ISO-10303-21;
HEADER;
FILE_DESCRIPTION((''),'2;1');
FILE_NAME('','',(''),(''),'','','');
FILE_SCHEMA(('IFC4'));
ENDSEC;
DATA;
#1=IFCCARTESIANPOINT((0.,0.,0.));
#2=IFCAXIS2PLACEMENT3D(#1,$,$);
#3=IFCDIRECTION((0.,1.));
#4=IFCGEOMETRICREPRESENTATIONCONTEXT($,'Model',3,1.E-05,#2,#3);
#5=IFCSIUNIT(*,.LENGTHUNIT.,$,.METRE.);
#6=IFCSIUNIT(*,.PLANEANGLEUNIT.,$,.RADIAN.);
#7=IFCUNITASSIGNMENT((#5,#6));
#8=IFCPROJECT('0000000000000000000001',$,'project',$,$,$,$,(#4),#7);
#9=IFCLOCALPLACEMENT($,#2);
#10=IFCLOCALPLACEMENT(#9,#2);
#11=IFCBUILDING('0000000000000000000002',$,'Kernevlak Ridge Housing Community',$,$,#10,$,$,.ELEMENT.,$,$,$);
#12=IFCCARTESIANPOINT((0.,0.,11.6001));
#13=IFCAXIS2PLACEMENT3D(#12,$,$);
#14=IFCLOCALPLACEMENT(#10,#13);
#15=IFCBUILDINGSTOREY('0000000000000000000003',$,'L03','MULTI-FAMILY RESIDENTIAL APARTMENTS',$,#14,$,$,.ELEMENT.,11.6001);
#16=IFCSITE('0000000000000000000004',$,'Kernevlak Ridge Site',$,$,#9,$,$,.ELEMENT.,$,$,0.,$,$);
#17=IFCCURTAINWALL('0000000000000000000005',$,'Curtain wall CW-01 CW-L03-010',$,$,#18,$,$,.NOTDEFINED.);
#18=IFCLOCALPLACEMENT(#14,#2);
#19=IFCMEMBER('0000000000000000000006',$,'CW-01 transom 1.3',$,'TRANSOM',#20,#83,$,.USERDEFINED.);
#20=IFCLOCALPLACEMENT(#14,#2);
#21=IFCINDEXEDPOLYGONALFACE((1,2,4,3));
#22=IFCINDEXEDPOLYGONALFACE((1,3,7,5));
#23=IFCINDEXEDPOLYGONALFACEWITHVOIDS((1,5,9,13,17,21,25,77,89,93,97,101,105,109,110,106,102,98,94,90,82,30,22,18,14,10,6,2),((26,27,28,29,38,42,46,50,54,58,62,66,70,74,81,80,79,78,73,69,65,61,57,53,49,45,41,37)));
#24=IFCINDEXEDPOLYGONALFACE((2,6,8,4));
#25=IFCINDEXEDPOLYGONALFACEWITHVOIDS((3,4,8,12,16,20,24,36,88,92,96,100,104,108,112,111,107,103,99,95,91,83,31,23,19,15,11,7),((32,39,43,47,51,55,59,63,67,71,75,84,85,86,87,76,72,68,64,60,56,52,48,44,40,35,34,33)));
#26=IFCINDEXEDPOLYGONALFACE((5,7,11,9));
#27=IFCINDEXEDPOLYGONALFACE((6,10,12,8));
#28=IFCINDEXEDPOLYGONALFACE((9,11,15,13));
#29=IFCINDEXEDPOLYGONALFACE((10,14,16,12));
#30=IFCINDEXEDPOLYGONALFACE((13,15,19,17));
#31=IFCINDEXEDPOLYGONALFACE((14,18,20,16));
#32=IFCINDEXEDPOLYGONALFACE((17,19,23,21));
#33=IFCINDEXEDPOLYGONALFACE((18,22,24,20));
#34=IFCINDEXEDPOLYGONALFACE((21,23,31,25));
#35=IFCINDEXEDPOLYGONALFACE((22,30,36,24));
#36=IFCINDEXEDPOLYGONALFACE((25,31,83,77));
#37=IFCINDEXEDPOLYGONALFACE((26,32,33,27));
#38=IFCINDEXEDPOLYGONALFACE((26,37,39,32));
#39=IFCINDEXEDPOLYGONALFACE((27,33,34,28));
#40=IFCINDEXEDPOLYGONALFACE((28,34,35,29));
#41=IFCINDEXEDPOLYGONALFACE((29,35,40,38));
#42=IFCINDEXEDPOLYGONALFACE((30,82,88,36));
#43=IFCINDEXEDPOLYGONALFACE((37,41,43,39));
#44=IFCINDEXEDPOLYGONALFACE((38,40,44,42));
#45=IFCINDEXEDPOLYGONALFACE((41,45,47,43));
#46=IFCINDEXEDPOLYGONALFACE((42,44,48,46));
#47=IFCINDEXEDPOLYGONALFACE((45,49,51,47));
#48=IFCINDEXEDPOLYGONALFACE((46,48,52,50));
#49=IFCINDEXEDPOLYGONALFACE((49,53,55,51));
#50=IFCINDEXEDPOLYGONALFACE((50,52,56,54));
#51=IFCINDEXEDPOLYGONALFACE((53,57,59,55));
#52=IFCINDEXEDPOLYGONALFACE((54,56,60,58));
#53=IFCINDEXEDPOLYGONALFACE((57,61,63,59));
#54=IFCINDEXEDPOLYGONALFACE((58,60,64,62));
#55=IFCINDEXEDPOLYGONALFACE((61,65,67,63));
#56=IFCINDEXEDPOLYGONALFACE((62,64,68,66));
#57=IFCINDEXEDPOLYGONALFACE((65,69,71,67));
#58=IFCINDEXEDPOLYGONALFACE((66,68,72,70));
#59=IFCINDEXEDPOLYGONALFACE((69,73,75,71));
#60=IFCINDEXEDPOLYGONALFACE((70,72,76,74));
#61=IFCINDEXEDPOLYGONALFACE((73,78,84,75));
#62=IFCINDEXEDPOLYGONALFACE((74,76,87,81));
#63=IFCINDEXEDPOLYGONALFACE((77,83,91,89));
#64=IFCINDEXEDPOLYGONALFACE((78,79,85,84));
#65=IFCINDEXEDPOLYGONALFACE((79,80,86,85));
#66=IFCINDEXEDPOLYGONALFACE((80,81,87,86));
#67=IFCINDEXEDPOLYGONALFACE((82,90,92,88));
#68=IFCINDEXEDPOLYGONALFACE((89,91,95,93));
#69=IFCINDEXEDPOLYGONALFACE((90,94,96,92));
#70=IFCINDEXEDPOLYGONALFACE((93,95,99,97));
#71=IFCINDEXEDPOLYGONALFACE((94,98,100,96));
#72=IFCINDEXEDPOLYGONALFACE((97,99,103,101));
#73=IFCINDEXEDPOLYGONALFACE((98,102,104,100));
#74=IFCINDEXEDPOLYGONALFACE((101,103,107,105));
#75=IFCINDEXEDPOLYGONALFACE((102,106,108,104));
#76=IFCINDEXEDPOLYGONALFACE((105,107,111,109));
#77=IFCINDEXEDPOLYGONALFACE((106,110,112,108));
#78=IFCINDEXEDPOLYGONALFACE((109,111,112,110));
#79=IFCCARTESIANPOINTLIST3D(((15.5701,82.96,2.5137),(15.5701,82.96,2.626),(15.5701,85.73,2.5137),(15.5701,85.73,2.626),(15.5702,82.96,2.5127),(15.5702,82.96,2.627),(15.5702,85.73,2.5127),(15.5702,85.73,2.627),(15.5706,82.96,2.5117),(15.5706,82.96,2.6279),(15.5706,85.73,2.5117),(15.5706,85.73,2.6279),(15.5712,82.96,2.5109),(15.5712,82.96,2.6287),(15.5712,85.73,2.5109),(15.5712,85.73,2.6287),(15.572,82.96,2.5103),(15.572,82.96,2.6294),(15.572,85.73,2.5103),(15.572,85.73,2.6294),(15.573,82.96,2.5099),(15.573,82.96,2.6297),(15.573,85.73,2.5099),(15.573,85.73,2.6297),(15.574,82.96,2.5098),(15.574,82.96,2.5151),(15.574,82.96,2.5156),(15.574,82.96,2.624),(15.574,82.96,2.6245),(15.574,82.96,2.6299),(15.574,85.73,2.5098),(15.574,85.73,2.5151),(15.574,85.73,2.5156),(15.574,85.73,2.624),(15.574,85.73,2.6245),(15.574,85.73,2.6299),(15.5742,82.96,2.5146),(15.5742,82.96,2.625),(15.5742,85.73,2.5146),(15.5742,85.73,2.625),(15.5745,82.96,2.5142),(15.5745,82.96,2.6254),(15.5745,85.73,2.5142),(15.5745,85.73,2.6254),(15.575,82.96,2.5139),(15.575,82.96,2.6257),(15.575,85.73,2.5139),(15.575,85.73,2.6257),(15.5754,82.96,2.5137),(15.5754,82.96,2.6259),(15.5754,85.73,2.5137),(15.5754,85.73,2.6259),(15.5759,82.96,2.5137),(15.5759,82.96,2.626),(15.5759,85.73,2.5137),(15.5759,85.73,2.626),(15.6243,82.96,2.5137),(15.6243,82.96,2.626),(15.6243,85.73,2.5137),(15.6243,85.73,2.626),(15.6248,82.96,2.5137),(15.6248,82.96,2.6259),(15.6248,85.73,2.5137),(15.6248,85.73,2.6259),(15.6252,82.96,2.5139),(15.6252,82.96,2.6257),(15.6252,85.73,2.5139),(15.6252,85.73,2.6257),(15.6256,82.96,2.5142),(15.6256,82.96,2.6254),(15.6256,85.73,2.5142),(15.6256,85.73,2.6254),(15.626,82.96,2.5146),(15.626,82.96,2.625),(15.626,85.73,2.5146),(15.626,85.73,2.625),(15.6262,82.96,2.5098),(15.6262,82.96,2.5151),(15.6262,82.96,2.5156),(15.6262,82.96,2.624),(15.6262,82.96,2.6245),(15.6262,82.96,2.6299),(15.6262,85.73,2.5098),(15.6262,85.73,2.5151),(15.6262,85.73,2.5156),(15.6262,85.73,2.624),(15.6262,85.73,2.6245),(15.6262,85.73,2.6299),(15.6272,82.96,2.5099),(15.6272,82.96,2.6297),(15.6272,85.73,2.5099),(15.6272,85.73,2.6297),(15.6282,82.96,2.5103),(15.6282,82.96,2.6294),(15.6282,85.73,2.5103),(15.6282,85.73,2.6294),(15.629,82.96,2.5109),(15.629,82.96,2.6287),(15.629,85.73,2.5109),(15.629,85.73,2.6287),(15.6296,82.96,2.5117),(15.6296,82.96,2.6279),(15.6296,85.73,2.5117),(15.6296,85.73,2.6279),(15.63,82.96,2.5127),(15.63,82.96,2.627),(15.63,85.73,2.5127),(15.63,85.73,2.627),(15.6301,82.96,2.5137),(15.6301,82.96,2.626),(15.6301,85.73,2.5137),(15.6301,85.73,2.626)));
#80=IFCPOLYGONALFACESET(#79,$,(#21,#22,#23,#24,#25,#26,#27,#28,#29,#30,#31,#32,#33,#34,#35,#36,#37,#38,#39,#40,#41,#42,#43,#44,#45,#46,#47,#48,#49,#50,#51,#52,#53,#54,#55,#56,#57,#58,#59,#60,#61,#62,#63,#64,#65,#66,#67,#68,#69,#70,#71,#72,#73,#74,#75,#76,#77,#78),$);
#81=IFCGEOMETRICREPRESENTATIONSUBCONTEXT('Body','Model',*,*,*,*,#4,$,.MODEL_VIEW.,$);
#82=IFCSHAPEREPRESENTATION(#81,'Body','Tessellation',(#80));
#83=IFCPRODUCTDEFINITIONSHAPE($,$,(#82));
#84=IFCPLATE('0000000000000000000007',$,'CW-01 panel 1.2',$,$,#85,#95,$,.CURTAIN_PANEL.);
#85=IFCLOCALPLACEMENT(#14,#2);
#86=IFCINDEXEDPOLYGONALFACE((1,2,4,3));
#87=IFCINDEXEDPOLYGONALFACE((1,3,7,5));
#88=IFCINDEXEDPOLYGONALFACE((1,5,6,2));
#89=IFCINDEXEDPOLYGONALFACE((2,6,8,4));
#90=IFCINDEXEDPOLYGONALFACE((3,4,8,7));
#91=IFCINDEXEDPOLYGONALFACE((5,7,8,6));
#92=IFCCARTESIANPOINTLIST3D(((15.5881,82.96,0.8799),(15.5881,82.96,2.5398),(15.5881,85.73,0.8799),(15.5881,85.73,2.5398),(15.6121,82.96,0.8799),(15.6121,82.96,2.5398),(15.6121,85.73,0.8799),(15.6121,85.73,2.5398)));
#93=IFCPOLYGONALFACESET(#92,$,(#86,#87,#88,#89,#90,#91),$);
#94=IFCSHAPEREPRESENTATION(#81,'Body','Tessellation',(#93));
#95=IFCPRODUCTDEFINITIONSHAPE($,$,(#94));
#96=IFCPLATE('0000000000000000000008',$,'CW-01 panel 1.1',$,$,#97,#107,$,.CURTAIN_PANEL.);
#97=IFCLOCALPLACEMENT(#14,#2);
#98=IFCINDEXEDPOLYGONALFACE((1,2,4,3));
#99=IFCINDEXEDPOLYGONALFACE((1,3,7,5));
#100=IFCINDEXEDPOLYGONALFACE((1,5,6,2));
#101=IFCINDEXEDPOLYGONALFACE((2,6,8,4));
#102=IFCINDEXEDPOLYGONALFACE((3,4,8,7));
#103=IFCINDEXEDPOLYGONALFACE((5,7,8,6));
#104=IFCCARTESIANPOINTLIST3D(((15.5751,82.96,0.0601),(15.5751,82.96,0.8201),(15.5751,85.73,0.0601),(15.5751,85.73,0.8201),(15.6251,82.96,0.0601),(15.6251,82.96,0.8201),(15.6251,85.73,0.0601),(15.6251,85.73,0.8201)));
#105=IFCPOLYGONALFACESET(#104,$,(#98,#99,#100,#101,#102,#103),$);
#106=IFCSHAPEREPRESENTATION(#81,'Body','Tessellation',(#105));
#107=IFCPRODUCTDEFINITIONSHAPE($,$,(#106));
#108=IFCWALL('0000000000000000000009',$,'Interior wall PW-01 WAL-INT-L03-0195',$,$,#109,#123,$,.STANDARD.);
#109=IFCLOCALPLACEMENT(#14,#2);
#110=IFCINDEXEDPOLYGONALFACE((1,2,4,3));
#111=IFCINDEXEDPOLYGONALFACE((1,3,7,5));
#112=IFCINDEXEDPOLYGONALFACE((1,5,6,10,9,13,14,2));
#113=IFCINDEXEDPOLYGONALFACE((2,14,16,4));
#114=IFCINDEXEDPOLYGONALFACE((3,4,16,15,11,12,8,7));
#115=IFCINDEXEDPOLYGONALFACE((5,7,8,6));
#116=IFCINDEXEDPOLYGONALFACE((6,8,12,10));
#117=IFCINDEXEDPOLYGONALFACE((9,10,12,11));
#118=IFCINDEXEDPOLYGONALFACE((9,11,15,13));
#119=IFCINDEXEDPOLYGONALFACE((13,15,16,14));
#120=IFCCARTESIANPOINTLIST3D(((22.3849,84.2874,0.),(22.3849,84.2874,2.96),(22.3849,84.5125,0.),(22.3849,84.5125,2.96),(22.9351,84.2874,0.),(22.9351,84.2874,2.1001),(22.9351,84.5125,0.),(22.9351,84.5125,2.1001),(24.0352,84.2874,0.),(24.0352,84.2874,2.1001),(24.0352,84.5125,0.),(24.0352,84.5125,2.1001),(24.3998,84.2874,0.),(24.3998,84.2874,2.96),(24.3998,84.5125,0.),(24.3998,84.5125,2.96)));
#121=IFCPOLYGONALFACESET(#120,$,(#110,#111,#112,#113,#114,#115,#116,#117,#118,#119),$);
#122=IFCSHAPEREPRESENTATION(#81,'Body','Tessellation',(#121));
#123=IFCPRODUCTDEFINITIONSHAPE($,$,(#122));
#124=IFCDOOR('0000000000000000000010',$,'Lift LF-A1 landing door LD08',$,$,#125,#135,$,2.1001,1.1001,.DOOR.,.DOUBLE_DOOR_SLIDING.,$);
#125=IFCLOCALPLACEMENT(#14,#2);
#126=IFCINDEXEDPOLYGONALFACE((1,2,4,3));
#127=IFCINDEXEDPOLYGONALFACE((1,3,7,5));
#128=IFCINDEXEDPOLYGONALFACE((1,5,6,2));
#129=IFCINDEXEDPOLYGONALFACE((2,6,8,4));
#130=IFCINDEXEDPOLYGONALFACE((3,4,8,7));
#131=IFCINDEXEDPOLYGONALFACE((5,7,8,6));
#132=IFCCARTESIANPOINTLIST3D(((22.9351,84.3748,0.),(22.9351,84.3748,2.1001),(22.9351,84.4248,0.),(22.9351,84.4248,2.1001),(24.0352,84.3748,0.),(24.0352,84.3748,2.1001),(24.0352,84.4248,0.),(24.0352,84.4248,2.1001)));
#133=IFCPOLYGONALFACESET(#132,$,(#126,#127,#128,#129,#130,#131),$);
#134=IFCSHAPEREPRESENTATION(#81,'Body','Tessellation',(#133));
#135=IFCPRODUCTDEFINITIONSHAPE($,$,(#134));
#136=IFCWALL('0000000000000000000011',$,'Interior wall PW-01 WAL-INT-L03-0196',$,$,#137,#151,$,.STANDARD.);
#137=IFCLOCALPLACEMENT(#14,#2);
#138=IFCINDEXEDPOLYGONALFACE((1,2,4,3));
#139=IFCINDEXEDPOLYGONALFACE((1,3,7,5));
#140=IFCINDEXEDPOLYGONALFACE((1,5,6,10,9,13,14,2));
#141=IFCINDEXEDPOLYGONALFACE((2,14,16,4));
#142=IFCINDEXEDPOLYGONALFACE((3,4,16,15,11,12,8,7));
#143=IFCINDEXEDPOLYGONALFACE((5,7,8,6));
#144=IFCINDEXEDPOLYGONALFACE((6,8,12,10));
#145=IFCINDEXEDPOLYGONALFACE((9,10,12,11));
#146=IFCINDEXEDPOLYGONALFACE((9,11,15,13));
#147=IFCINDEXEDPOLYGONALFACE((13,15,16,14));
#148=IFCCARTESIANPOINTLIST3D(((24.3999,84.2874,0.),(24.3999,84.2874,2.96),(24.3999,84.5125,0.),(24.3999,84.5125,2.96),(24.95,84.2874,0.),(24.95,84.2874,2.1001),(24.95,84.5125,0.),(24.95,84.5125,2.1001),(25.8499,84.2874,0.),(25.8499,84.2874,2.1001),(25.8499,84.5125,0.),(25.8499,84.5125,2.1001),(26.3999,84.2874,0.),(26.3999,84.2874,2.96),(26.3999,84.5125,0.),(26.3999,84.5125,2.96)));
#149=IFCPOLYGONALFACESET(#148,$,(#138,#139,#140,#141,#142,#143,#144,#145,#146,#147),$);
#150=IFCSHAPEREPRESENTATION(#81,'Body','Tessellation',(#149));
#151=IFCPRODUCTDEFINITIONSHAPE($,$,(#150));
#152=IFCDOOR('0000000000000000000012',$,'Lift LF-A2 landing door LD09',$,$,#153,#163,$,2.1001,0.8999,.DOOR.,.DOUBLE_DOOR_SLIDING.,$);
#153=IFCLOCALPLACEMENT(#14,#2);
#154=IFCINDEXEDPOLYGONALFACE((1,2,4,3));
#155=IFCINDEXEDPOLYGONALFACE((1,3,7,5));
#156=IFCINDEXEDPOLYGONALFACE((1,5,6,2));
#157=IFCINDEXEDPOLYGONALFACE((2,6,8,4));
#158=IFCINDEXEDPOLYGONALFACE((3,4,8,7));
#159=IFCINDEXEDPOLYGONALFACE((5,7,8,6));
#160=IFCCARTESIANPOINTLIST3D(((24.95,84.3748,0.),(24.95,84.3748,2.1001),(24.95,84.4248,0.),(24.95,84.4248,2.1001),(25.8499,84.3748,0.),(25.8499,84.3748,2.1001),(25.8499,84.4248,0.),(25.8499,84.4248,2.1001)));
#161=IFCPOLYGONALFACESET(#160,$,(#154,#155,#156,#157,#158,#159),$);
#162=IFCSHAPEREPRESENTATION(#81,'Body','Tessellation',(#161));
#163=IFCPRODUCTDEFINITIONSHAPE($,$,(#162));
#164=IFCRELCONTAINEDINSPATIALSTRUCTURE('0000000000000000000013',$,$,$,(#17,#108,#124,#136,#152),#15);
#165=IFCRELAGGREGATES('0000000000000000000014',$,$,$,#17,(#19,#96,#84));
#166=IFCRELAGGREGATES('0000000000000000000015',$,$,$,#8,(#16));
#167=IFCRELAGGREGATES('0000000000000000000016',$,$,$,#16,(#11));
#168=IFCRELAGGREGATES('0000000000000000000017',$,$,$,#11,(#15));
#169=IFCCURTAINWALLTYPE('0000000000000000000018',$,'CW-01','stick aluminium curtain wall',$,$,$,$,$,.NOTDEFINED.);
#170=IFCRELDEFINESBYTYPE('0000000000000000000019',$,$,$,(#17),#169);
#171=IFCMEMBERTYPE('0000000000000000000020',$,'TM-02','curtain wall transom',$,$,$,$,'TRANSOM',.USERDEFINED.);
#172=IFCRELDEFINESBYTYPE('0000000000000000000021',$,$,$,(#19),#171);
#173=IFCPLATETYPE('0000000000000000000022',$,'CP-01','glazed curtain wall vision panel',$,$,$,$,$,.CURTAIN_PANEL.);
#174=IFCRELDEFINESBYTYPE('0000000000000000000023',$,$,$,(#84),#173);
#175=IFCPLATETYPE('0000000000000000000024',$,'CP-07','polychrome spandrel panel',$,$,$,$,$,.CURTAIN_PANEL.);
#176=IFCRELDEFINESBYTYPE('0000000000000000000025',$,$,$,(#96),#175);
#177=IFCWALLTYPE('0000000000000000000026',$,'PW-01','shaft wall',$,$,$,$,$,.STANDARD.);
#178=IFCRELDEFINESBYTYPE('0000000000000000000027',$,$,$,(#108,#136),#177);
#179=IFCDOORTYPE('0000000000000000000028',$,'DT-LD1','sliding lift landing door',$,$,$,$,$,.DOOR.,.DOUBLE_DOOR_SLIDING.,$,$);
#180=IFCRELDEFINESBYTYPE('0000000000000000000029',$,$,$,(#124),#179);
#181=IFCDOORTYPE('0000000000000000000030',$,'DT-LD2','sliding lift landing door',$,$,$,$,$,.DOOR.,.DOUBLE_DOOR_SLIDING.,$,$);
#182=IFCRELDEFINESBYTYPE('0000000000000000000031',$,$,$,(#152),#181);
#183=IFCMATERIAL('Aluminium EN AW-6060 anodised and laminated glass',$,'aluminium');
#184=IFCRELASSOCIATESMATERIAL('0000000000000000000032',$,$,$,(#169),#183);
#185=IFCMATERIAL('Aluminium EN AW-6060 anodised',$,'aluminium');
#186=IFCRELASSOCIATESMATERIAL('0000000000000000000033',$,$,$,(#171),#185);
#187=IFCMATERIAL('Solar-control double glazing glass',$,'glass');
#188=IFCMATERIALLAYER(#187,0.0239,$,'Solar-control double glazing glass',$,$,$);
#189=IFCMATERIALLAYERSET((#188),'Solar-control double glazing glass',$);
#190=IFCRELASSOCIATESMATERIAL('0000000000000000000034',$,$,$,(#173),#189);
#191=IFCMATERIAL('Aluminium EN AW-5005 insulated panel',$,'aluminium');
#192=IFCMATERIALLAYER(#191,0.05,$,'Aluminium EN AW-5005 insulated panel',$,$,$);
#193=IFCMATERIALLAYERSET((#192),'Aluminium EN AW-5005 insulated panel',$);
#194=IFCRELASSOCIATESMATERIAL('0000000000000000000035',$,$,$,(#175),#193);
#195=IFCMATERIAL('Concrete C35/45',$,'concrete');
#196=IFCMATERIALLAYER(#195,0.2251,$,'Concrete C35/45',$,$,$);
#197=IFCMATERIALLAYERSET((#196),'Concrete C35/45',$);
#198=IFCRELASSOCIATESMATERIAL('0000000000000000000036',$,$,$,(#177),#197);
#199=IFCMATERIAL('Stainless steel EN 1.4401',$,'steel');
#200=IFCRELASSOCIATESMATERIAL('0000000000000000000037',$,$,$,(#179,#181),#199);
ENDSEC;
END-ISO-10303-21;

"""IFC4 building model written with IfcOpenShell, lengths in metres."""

from ifc_helpers import new_model, si_unit, direction, frame, frame_2d, origin, origin_2d, place, context, subcontext, project, spatial, rectangle, hollow_rectangle, extrude, material, layer, layer_set, material_profile, profile_set, type_object, element, fill, aggregate, save


model = new_model("IFC4")

# Units and contexts
model_context = context("Model", 3, precision=1e-05, world=origin(), true_north=direction((0.0, 1.0)))
body_context = subcontext(model_context, "Body", "Model", "MODEL_VIEW")
ifc_project = project(units=[si_unit("LENGTHUNIT", "METRE"), si_unit("PLANEANGLEUNIT", "RADIAN")], contexts=[model_context])

# Site, building, storey
site_placement = place(None, origin())
site = spatial("IfcSite", under=ifc_project, at=site_placement, Name="Kernevlak Ridge Site", CompositionType="ELEMENT", RefElevation=0.0)
building_placement = place(site_placement, origin())
building = spatial("IfcBuilding", under=site, at=building_placement, Name="Kernevlak Ridge Housing Community", CompositionType="ELEMENT")
storey_placement = place(building_placement, frame((0.0, 0.0, 11.6001)))
storey = spatial("IfcBuildingStorey", under=building, at=storey_placement, Name="L03", Description="MULTI-FAMILY RESIDENTIAL APARTMENTS", CompositionType="ELEMENT", Elevation=11.6001)

# Shared definitions
ifc_material_1 = material(Name="Concrete C35/45", Category="concrete")

# Curtain wall
ifc_material_2 = material(Name="Aluminium EN AW-6060 anodised and laminated glass", Category="aluminium")
curtain_wall_type = type_object("IfcCurtainWallType", Name="CW-01", Description="stick aluminium curtain wall", PredefinedType="NOTDEFINED", material=ifc_material_2)
curtain_wall_placement = place(storey_placement, origin())
curtain_wall = element("IfcCurtainWall", 1, at=curtain_wall_placement, inside=storey, type_object=curtain_wall_type, Name="Curtain wall CW-01 CW-L03-010", PredefinedType="NOTDEFINED")
ifc_material_3 = material(Name="Aluminium EN AW-6060 anodised", Category="aluminium")

# Member
ifc_material_profile_1 = material_profile(ifc_material_3, hollow_rectangle(XDim=0.0601, YDim=0.1201, WallThickness=0.0039, InnerFilletRadius=0.002, OuterFilletRadius=0.0039, at=origin_2d()), Name="ALU 60x120x4")
ifc_profile_set_1 = profile_set([ifc_material_profile_1], Name="Aluminium EN AW-6060 anodised")
member_type_1 = type_object("IfcMemberType", Name="TM-02", Description="curtain wall transom", ElementType="TRANSOM", PredefinedType="USERDEFINED", material=ifc_profile_set_1)
member_1_placement = place(storey_placement, frame((15.6001, 82.96, 2.5698), z_axis=(0.0, 1.0, 0.0), x_axis=(-1.0, 0.0, 0.0)))
member_1 = element("IfcMember", 2, at=member_1_placement, type_object=member_type_1, Name="CW-01 transom 1.3", ObjectType="TRANSOM", PredefinedType="USERDEFINED", context=body_context, shape_type="SweptSolid", body=[
    extrude(hollow_rectangle(XDim=0.0601, YDim=0.1201, WallThickness=0.0039, InnerFilletRadius=0.002, OuterFilletRadius=0.0039, at=origin_2d()), origin(), (0.0, 0.0, 1.0), 2.77),
])

# Plates
ifc_material_4 = material(Name="Solar-control double glazing glass", Category="glass")
ifc_layer_1 = layer(ifc_material_4, 0.0239, Name="Solar-control double glazing glass")
ifc_layer_set_1 = layer_set([ifc_layer_1], Name="Solar-control double glazing glass")
plate_type_1 = type_object("IfcPlateType", Name="CP-01", Description="glazed curtain wall vision panel", PredefinedType="CURTAIN_PANEL", material=ifc_layer_set_1)
plate_1_placement = place(storey_placement, frame((15.6001, 84.345, 0.8799), z_axis=(0.0, 0.0, 1.0), x_axis=(0.0, 1.0, 0.0)))
plate_1 = element("IfcPlate", 3, at=plate_1_placement, type_object=plate_type_1, Name="CW-01 panel 1.2", PredefinedType="CURTAIN_PANEL", context=body_context, shape_type="SweptSolid", body=[
    extrude(rectangle(XDim=2.77, YDim=0.0239, at=origin_2d()), origin(), (0.0, 0.0, 1.0), 1.6599),
])
ifc_material_5 = material(Name="Aluminium EN AW-5005 insulated panel", Category="aluminium")
ifc_layer_2 = layer(ifc_material_5, 0.05, Name="Aluminium EN AW-5005 insulated panel")
ifc_layer_set_2 = layer_set([ifc_layer_2], Name="Aluminium EN AW-5005 insulated panel")
plate_type_2 = type_object("IfcPlateType", Name="CP-07", Description="polychrome spandrel panel", PredefinedType="CURTAIN_PANEL", material=ifc_layer_set_2)
plate_2_placement = place(storey_placement, frame((15.6001, 84.345, 0.0601), z_axis=(0.0, 0.0, 1.0), x_axis=(0.0, 1.0, 0.0)))
plate_2 = element("IfcPlate", 4, at=plate_2_placement, type_object=plate_type_2, Name="CW-01 panel 1.1", PredefinedType="CURTAIN_PANEL", context=body_context, shape_type="SweptSolid", body=[
    extrude(rectangle(XDim=2.77, YDim=0.05, at=origin_2d()), origin(), (0.0, 0.0, 1.0), 0.76),
])
aggregate(curtain_wall, [member_1, plate_2, plate_1])

# Walls, openings, doors
ifc_layer_3 = layer(ifc_material_1, 0.2251, Name="Concrete C35/45")
ifc_layer_set_3 = layer_set([ifc_layer_3], Name="Concrete C35/45")
wall_type_1 = type_object("IfcWallType", Name="PW-01", Description="shaft wall", PredefinedType="STANDARD", material=ifc_layer_set_3)
wall_1_placement = place(storey_placement, frame((22.385, 84.3999, 0.0), z_axis=(0.0, 0.0, 1.0), x_axis=(1.0, 0.0, 0.0)))
wall_1 = element("IfcWall", 5, at=wall_1_placement, inside=storey, type_object=wall_type_1, Name="Interior wall PW-01 WAL-INT-L03-0195", PredefinedType="STANDARD", context=body_context, shape_type="SweptSolid", body=[
    extrude(rectangle(XDim=2.0149, YDim=0.2251, at=frame_2d((1.0073, 0.0))), origin(), (0.0, 0.0, 1.0), 2.96),
])
opening_1_placement = place(wall_1_placement, frame((0.55, 0.0, 0.0)))
opening_1 = element("IfcOpeningElement", 6, at=opening_1_placement, cuts=wall_1, PredefinedType="OPENING", context=body_context, shape_type="SweptSolid", body=[
    extrude(rectangle(XDim=1.1001, YDim=2.1001, at=frame_2d((0.55, 1.05))), frame((0.0, 0.1226, 0.0), z_axis=(0.0, -1.0, 0.0), x_axis=(1.0, 0.0, 0.0)), (0.0, 0.0, 1.0), 0.2451),
])
ifc_material_6 = material(Name="Stainless steel EN 1.4401", Category="steel")
door_type_1 = type_object("IfcDoorType", Name="DT-LD1", Description="sliding lift landing door", OperationType="DOUBLE_DOOR_SLIDING", PredefinedType="DOOR", material=ifc_material_6)
door_1_placement = place(opening_1_placement, origin())
door_1 = element("IfcDoor", 7, at=door_1_placement, inside=storey, type_object=door_type_1, Name="Lift LF-A1 landing door LD08", OperationType="DOUBLE_DOOR_SLIDING", OverallHeight=2.1001, OverallWidth=1.1001, PredefinedType="DOOR", context=body_context, shape_type="SweptSolid", body=[
    extrude(rectangle(XDim=1.1001, YDim=2.1001, at=frame_2d((0.55, 1.05))), frame((0.0, 0.0249, 0.0), z_axis=(0.0, -1.0, 0.0), x_axis=(1.0, 0.0, 0.0)), (0.0, 0.0, 1.0), 0.05),
])
fill(opening_1, door_1)
wall_2_placement = place(storey_placement, frame((24.3999, 84.3999, 0.0), z_axis=(0.0, 0.0, 1.0), x_axis=(1.0, 0.0, 0.0)))
wall_2 = element("IfcWall", 8, at=wall_2_placement, inside=storey, type_object=wall_type_1, Name="Interior wall PW-01 WAL-INT-L03-0196", PredefinedType="STANDARD", context=body_context, shape_type="SweptSolid", body=[
    extrude(rectangle(XDim=2.0, YDim=0.2251, at=frame_2d((1.0, 0.0))), origin(), (0.0, 0.0, 1.0), 2.96),
])
opening_2_placement = place(wall_2_placement, frame((0.55, 0.0, 0.0)))
opening_2 = element("IfcOpeningElement", 9, at=opening_2_placement, cuts=wall_2, PredefinedType="OPENING", context=body_context, shape_type="SweptSolid", body=[
    extrude(rectangle(XDim=0.8999, YDim=2.1001, at=frame_2d((0.45, 1.05))), frame((0.0, 0.1226, 0.0), z_axis=(0.0, -1.0, 0.0), x_axis=(1.0, 0.0, 0.0)), (0.0, 0.0, 1.0), 0.2451),
])
door_type_2 = type_object("IfcDoorType", Name="DT-LD2", Description="sliding lift landing door", OperationType="DOUBLE_DOOR_SLIDING", PredefinedType="DOOR", material=ifc_material_6)
door_2_placement = place(opening_2_placement, origin())
door_2 = element("IfcDoor", 10, at=door_2_placement, inside=storey, type_object=door_type_2, Name="Lift LF-A2 landing door LD09", OperationType="DOUBLE_DOOR_SLIDING", OverallHeight=2.1001, OverallWidth=0.8999, PredefinedType="DOOR", context=body_context, shape_type="SweptSolid", body=[
    extrude(rectangle(XDim=0.8999, YDim=2.1001, at=frame_2d((0.45, 1.05))), frame((0.0, 0.0249, 0.0), z_axis=(0.0, -1.0, 0.0), x_axis=(1.0, 0.0, 0.0)), (0.0, 0.0, 1.0), 0.05),
])
fill(opening_2, door_2)

save(model, "model.ifc")
